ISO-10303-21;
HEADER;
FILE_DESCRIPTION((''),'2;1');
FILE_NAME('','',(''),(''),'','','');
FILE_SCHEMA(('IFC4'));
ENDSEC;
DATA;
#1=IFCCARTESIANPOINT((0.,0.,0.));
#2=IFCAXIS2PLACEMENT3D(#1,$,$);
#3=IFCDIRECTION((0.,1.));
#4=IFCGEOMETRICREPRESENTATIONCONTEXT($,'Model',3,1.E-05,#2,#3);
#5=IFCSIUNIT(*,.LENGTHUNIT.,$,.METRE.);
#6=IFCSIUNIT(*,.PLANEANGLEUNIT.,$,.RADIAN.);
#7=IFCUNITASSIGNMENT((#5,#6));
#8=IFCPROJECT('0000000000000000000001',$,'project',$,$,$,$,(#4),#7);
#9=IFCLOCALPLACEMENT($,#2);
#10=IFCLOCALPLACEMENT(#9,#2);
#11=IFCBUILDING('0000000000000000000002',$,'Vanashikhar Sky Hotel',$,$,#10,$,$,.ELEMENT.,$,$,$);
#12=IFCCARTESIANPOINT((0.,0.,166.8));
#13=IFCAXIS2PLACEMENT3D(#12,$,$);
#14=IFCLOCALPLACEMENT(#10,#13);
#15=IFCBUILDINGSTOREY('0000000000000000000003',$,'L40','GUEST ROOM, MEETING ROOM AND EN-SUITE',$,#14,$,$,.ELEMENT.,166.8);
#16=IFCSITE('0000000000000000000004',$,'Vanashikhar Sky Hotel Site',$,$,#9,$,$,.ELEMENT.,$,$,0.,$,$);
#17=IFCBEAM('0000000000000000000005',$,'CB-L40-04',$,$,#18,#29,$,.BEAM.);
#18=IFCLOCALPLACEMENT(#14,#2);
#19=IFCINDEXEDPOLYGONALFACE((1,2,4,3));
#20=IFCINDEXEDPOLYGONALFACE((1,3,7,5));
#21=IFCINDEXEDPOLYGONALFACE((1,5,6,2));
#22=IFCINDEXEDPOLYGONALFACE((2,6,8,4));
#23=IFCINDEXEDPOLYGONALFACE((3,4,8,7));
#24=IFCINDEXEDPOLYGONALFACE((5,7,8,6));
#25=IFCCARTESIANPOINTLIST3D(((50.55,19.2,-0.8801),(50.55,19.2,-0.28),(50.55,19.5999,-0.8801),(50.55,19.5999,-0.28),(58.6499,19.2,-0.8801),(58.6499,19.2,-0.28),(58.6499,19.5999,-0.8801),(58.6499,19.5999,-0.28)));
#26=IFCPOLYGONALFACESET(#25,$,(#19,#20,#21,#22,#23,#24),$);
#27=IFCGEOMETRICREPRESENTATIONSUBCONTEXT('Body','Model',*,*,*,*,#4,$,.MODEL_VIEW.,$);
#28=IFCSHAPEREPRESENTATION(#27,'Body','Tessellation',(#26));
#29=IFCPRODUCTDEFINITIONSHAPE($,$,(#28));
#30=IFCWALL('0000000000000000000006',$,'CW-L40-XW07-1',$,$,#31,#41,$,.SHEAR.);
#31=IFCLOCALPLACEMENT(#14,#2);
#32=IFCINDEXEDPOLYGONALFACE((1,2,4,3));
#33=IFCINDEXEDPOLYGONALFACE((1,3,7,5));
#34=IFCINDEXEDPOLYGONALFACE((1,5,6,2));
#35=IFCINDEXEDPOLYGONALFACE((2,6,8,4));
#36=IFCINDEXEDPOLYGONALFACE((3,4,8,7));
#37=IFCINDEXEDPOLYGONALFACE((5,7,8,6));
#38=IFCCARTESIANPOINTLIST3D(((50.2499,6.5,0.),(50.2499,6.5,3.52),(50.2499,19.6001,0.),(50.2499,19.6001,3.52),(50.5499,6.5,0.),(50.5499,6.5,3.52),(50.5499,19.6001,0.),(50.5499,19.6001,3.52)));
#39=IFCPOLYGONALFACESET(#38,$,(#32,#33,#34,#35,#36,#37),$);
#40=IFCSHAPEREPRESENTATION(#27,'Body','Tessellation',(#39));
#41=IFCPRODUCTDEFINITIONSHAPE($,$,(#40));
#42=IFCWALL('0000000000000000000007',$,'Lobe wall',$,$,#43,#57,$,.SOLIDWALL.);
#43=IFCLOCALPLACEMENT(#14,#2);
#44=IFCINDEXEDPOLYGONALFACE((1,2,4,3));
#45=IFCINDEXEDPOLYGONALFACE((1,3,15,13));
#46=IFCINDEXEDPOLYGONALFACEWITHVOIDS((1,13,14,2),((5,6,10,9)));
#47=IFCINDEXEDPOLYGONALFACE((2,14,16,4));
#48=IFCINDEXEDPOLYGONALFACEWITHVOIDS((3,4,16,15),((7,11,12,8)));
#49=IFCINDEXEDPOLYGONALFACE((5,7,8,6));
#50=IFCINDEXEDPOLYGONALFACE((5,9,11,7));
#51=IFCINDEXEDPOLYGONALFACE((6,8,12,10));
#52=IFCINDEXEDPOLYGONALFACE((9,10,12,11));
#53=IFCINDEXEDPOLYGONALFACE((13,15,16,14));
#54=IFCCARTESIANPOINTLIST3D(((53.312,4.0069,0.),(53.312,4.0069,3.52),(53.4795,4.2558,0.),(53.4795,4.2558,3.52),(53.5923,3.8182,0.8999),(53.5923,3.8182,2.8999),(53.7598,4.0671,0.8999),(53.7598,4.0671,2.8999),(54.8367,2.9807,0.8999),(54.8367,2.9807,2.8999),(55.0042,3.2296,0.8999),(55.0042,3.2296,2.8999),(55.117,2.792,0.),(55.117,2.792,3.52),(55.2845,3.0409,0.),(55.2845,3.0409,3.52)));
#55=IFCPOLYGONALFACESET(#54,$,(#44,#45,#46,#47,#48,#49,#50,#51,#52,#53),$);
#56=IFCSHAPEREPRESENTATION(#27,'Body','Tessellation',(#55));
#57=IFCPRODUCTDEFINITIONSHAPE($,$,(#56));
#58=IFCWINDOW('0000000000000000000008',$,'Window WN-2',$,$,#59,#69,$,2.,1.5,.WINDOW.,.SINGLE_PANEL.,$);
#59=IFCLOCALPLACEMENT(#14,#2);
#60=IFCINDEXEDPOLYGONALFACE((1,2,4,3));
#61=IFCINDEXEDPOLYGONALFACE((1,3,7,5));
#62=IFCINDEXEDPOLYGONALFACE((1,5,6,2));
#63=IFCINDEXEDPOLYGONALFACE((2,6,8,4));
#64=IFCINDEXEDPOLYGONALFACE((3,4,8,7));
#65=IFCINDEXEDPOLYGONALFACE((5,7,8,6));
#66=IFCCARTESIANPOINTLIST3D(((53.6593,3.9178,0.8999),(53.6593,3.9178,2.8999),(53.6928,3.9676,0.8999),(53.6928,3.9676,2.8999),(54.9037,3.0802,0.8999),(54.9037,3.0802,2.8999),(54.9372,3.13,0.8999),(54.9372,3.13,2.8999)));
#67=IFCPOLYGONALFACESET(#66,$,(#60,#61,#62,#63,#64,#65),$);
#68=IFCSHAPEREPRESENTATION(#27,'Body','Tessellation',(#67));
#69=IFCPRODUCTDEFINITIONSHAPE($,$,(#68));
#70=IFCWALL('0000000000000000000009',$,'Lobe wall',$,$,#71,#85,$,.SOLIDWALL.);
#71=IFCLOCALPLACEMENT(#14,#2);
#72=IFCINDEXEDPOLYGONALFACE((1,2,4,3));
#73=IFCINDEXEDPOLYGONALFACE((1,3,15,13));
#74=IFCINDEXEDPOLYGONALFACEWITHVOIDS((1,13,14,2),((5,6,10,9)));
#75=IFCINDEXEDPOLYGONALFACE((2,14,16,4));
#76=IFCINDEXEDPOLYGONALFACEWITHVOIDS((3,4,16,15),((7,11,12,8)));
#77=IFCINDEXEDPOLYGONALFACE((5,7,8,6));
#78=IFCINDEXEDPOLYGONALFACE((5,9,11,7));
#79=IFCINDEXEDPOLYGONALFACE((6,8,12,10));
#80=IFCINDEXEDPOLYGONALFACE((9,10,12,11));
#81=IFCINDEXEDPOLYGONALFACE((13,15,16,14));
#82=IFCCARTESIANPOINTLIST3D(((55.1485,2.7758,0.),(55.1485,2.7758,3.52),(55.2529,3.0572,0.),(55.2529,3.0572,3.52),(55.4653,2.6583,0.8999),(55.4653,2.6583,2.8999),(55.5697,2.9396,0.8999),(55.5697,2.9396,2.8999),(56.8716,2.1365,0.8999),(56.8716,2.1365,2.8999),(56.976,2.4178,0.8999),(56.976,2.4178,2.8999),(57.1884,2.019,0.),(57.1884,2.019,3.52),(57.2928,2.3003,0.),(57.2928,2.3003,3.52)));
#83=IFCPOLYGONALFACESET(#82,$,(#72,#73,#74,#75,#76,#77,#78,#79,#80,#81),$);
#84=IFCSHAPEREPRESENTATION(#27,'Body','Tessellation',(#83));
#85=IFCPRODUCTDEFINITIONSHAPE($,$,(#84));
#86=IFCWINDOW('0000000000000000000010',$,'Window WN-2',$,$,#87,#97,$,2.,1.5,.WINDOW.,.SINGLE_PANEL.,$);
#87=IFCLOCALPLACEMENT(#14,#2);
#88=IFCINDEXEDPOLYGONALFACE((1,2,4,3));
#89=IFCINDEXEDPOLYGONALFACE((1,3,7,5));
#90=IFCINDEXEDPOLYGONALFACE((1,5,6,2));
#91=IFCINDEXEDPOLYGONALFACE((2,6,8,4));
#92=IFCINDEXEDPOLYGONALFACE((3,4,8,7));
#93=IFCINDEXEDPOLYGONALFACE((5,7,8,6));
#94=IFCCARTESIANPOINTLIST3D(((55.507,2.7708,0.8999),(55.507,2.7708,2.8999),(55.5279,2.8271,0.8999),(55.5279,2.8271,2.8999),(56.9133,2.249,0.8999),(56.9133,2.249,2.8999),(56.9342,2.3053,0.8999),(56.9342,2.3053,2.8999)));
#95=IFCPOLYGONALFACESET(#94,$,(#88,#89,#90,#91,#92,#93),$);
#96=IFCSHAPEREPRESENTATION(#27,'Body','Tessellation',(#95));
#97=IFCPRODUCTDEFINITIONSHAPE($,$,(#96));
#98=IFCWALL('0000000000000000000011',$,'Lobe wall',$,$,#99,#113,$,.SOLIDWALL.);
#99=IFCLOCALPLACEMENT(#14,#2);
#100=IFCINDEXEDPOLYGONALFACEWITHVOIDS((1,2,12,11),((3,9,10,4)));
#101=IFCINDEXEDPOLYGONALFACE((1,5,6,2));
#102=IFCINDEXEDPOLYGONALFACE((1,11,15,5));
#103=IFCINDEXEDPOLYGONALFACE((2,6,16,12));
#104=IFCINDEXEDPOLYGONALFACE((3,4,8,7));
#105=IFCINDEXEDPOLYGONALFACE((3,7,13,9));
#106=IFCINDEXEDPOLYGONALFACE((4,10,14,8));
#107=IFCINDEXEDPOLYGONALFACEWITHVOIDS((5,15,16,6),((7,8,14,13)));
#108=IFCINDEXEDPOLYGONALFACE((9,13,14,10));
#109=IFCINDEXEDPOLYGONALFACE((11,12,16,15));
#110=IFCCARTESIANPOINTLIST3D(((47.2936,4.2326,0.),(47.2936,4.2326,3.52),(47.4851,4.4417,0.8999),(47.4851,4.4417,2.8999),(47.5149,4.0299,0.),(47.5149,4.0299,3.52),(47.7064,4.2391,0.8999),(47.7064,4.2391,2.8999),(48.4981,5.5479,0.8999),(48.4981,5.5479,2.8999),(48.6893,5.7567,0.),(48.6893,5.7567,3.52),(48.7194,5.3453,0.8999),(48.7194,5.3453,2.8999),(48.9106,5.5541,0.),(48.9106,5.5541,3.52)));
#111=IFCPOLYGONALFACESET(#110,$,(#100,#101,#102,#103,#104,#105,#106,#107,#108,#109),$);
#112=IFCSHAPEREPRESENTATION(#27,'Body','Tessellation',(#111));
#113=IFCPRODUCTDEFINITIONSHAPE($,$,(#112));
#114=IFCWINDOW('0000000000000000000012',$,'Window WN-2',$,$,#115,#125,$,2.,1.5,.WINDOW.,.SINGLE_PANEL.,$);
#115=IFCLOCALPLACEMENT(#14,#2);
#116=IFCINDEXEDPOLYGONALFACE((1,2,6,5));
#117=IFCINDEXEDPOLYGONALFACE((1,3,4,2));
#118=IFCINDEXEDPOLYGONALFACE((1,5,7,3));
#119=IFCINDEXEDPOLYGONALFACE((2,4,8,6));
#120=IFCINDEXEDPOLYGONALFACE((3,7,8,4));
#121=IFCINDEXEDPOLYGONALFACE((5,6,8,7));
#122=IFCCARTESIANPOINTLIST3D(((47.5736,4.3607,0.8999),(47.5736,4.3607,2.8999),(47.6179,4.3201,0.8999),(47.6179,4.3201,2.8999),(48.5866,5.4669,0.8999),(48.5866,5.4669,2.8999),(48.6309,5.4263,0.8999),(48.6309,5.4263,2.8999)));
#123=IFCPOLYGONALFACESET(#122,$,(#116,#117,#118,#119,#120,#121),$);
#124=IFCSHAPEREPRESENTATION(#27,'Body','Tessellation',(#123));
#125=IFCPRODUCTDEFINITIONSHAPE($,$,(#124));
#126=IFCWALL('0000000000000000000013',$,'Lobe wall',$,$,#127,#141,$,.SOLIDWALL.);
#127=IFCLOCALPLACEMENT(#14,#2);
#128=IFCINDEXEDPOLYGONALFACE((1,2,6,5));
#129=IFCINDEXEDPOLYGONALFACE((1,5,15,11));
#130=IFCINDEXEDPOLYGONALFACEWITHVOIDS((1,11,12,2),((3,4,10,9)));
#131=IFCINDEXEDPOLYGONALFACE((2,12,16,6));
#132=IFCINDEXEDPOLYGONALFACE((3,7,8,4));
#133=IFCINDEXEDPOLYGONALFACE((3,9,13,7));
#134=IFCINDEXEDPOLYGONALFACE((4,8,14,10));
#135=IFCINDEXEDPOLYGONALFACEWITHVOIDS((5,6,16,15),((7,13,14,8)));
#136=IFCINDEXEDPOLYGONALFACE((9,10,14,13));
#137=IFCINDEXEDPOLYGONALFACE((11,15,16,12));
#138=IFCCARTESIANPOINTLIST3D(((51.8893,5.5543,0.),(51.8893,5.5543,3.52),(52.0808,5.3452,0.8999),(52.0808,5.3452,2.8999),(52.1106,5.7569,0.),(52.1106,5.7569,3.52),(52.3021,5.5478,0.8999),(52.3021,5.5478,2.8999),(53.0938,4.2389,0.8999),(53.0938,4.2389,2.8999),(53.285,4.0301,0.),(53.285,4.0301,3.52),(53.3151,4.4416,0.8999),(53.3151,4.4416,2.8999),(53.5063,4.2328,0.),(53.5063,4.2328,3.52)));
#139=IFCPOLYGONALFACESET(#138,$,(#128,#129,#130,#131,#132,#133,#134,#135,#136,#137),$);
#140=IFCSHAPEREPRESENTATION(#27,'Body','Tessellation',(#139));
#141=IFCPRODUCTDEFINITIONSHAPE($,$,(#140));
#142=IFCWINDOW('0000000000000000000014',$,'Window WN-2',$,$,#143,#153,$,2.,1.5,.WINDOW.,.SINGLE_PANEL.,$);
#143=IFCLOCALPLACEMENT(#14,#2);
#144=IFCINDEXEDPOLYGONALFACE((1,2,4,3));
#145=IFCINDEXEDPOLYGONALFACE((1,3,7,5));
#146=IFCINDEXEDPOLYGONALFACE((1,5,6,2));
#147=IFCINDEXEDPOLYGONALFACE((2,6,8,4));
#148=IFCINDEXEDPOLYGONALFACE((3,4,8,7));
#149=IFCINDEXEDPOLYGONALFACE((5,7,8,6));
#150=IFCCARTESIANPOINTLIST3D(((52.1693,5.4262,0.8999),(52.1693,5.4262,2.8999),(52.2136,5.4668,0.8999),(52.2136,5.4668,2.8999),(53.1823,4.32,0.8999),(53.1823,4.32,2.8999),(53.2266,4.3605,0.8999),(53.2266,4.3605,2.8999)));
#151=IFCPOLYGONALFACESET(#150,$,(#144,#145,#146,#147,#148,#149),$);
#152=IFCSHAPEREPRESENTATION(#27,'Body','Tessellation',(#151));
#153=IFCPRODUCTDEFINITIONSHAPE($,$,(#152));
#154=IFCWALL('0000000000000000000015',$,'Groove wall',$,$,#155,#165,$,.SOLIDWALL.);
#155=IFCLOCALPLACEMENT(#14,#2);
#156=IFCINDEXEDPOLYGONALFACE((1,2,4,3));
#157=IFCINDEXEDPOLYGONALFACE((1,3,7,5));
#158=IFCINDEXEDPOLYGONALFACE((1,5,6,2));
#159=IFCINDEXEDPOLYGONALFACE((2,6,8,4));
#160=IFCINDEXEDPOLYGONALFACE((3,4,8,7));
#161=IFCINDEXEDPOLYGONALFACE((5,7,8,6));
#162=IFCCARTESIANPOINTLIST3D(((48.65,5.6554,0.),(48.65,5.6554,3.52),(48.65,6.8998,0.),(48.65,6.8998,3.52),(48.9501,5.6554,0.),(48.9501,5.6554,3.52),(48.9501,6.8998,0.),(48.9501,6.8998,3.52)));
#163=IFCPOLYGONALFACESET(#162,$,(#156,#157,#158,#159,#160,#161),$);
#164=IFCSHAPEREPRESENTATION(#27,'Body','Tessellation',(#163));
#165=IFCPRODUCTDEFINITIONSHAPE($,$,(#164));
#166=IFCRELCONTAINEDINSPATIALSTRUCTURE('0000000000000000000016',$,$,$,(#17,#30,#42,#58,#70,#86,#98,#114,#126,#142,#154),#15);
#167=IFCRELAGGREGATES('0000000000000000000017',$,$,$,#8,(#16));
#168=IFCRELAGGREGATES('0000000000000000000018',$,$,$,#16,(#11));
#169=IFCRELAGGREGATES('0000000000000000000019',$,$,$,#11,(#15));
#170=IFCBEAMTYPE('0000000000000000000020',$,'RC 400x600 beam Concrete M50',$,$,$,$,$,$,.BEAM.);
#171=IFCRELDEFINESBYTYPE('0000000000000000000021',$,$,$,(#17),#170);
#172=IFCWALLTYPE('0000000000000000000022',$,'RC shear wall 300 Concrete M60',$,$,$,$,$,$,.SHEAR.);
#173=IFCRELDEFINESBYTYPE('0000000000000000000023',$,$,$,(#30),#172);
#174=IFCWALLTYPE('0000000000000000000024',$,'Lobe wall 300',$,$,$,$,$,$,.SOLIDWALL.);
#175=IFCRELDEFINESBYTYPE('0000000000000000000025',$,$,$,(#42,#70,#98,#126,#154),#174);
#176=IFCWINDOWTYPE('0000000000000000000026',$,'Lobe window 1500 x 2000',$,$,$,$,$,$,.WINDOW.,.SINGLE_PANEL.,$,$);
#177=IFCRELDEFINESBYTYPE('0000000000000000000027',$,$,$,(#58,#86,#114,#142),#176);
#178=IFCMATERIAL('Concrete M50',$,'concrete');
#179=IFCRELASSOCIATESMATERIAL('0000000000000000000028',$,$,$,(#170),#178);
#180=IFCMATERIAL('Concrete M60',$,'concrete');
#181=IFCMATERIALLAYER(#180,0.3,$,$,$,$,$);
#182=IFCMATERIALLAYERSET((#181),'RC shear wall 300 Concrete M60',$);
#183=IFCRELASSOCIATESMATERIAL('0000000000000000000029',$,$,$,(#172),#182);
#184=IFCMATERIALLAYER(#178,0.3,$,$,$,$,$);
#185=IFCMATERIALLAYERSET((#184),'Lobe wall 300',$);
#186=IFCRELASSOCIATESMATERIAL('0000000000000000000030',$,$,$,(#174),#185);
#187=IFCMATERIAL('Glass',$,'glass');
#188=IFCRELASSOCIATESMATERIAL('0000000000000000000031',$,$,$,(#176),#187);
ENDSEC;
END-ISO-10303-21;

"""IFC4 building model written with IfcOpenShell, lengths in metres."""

from ifc_helpers import new_model, si_unit, direction, frame, frame_2d, origin, origin_2d, place, context, subcontext, project, spatial, rectangle, extrude, source, transform, mapped, material, layer, layer_set, material_profile, profile_set, type_object, element, fill, save


model = new_model("IFC4")

# Units and contexts
model_context = context("Model", 3, precision=1e-05, world=origin(), true_north=direction((0.0, 1.0)))
body_context = subcontext(model_context, "Body", "Model", "MODEL_VIEW")
ifc_project = project(units=[si_unit("LENGTHUNIT", "METRE"), si_unit("PLANEANGLEUNIT", "RADIAN")], contexts=[model_context])

# Site, building, storey
site_placement = place(None, origin())
site = spatial("IfcSite", under=ifc_project, at=site_placement, Name="Vanashikhar Sky Hotel Site", CompositionType="ELEMENT", RefElevation=0.0)
building_placement = place(site_placement, origin())
building = spatial("IfcBuilding", under=site, at=building_placement, Name="Vanashikhar Sky Hotel", CompositionType="ELEMENT")
storey_placement = place(building_placement, frame((0.0, 0.0, 166.8)))
storey = spatial("IfcBuildingStorey", under=building, at=storey_placement, Name="L40", Description="GUEST ROOM, MEETING ROOM AND EN-SUITE", CompositionType="ELEMENT", Elevation=166.8)

# Beam
ifc_material_1 = material(Name="Concrete M50", Category="concrete")
ifc_material_profile_1 = material_profile(ifc_material_1, rectangle(XDim=0.3999, YDim=0.6001, at=origin_2d()))
ifc_profile_set_1 = profile_set([ifc_material_profile_1], Name="RC 400x600 beam Concrete M50")
beam_type = type_object("IfcBeamType", Name="RC 400x600 beam Concrete M50", PredefinedType="BEAM", material=ifc_profile_set_1)
shared_shape_1 = source(origin(), body_context, "Body", "SweptSolid", [
    extrude(rectangle(XDim=0.3999, YDim=0.6001, at=origin_2d()), origin(), (0.0, 0.0, 1.0), 8.0999),
])
beam_placement = place(storey_placement, frame((50.55, 19.3999, -0.5801), z_axis=(1.0, 0.0, 0.0), x_axis=(0.0, 1.0, 0.0)))
element("IfcBeam", 1, at=beam_placement, inside=storey, type_object=beam_type, Name="CB-L40-04", PredefinedType="BEAM", context=body_context, shape_type="MappedRepresentation", body=[
    mapped(shared_shape_1, transform((0.0, 0.0, 0.0), scale=1.0)),
])

# Wall
ifc_material_2 = material(Name="Concrete M60", Category="concrete")
ifc_layer_1 = layer(ifc_material_2, 0.3)
ifc_layer_set_1 = layer_set([ifc_layer_1], Name="RC shear wall 300 Concrete M60")
wall_type_1 = type_object("IfcWallType", Name="RC shear wall 300 Concrete M60", PredefinedType="SHEAR", material=ifc_layer_set_1)
shared_shape_2 = source(origin(), body_context, "Body", "SweptSolid", [
    extrude(rectangle(XDim=13.1001, YDim=0.3, at=frame_2d((6.55, 0.0))), origin(), (0.0, 0.0, 1.0), 3.52),
])
wall_1_placement = place(storey_placement, frame((50.3999, 6.5, 0.0), z_axis=(0.0, 0.0, 1.0), x_axis=(0.0, 1.0, 0.0)))
element("IfcWall", 2, at=wall_1_placement, inside=storey, type_object=wall_type_1, Name="CW-L40-XW07-1", PredefinedType="SHEAR", context=body_context, shape_type="MappedRepresentation", body=[
    mapped(shared_shape_2, transform((0.0, 0.0, 0.0), scale=1.0)),
])

# Walls, openings, windows
ifc_layer_2 = layer(ifc_material_1, 0.3)
ifc_layer_set_2 = layer_set([ifc_layer_2], Name="Lobe wall 300")
wall_type_2 = type_object("IfcWallType", Name="Lobe wall 300", PredefinedType="SOLIDWALL", material=ifc_layer_set_2)
shared_shape_3 = source(origin(), body_context, "Body", "SweptSolid", [
    extrude(rectangle(XDim=2.1758, YDim=0.3, at=frame_2d((1.0879, 0.0))), origin(), (0.0, 0.0, 1.0), 3.52),
])
wall_2_placement = place(storey_placement, frame((53.3958, 4.1313, 0.0), z_axis=(0.0, 0.0, 1.0), x_axis=(0.829591, -0.558372, 0.0)))
wall_2 = element("IfcWall", 3, at=wall_2_placement, inside=storey, type_object=wall_type_2, Name="Lobe wall", PredefinedType="SOLIDWALL", context=body_context, shape_type="MappedRepresentation", body=[
    mapped(shared_shape_3, transform((0.0, 0.0, 0.0), scale=1.0)),
])
shared_shape_4 = source(origin(), body_context, "Body", "SweptSolid", [
    extrude(rectangle(XDim=1.5, YDim=2.0, at=frame_2d((0.75, 1.0))), frame((0.0, 0.1602, 0.0), z_axis=(0.0, -1.0, 0.0), x_axis=(1.0, 0.0, 0.0)), (0.0, 0.0, 1.0), 0.3201),
])
opening_1_placement = place(wall_2_placement, frame((0.3379, 0.0, 0.8999)))
opening_1 = element("IfcOpeningElement", 4, at=opening_1_placement, cuts=wall_2, PredefinedType="OPENING", context=body_context, shape_type="MappedRepresentation", body=[
    mapped(shared_shape_4, transform((0.0, 0.0, 0.0), scale=1.0)),
])
ifc_material_3 = material(Name="Glass", Category="glass")
window_type = type_object("IfcWindowType", Name="Lobe window 1500 x 2000", PartitioningType="SINGLE_PANEL", PredefinedType="WINDOW", material=ifc_material_3)
shared_shape_5 = source(origin(), body_context, "Body", "SweptSolid", [
    extrude(rectangle(XDim=1.5, YDim=2.0, at=frame_2d((0.75, 1.0))), frame((0.0, 0.03, 0.0), z_axis=(0.0, -1.0, 0.0), x_axis=(1.0, 0.0, 0.0)), (0.0, 0.0, 1.0), 0.0601),
])
window_1_placement = place(opening_1_placement, origin())
window_1 = element("IfcWindow", 5, at=window_1_placement, inside=storey, type_object=window_type, Name="Window WN-2", OverallHeight=2.0, OverallWidth=1.5, PartitioningType="SINGLE_PANEL", PredefinedType="WINDOW", context=body_context, shape_type="MappedRepresentation", body=[
    mapped(shared_shape_5, transform((0.0, 0.0, 0.0), scale=1.0)),
])
fill(opening_1, window_1)
wall_3_placement = place(storey_placement, frame((55.2007, 2.9165, 0.0), z_axis=(0.0, 0.0, 1.0), x_axis=(0.937546, -0.347863, 0.0)))
wall_3 = element("IfcWall", 6, at=wall_3_placement, inside=storey, type_object=wall_type_2, Name="Lobe wall", PredefinedType="SOLIDWALL", context=body_context, shape_type="MappedRepresentation", body=[
    mapped(shared_shape_3, transform((0.0, 0.0, 0.0), scale=1.0)),
])
opening_2_placement = place(wall_3_placement, frame((0.3379, 0.0, 0.8999)))
opening_2 = element("IfcOpeningElement", 7, at=opening_2_placement, cuts=wall_3, PredefinedType="OPENING", context=body_context, shape_type="MappedRepresentation", body=[
    mapped(shared_shape_4, transform((0.0, 0.0, 0.0), scale=1.0)),
])
window_2_placement = place(opening_2_placement, origin())
window_2 = element("IfcWindow", 8, at=window_2_placement, inside=storey, type_object=window_type, Name="Window WN-2", OverallHeight=2.0, OverallWidth=1.5, PartitioningType="SINGLE_PANEL", PredefinedType="WINDOW", context=body_context, shape_type="MappedRepresentation", body=[
    mapped(shared_shape_5, transform((0.0, 0.0, 0.0), scale=1.0)),
])
fill(opening_2, window_2)
shared_shape_6 = source(origin(), body_context, "Body", "SweptSolid", [
    extrude(rectangle(XDim=2.0667, YDim=0.3, at=frame_2d((1.0332, 0.0))), origin(), (0.0, 0.0, 1.0), 3.52),
])
wall_4_placement = place(storey_placement, frame((47.4043, 4.1313, 0.0), z_axis=(0.0, 0.0, 1.0), x_axis=(0.675355, 0.737492, 0.0)))
wall_4 = element("IfcWall", 9, at=wall_4_placement, inside=storey, type_object=wall_type_2, Name="Lobe wall", PredefinedType="SOLIDWALL", context=body_context, shape_type="MappedRepresentation", body=[
    mapped(shared_shape_6, transform((0.0, 0.0, 0.0), scale=1.0)),
])
opening_3_placement = place(wall_4_placement, frame((0.2834, 0.0, 0.8999)))
opening_3 = element("IfcOpeningElement", 10, at=opening_3_placement, cuts=wall_4, PredefinedType="OPENING", context=body_context, shape_type="MappedRepresentation", body=[
    mapped(shared_shape_4, transform((0.0, 0.0, 0.0), scale=1.0)),
])
window_3_placement = place(opening_3_placement, origin())
window_3 = element("IfcWindow", 11, at=window_3_placement, inside=storey, type_object=window_type, Name="Window WN-2", OverallHeight=2.0, OverallWidth=1.5, PartitioningType="SINGLE_PANEL", PredefinedType="WINDOW", context=body_context, shape_type="MappedRepresentation", body=[
    mapped(shared_shape_5, transform((0.0, 0.0, 0.0), scale=1.0)),
])
fill(opening_3, window_3)
wall_5_placement = place(storey_placement, frame((52.0, 5.6555, 0.0), z_axis=(0.0, 0.0, 1.0), x_axis=(0.675355, -0.737492, 0.0)))
wall_5 = element("IfcWall", 12, at=wall_5_placement, inside=storey, type_object=wall_type_2, Name="Lobe wall", PredefinedType="SOLIDWALL", context=body_context, shape_type="MappedRepresentation", body=[
    mapped(shared_shape_6, transform((0.0, 0.0, 0.0), scale=1.0)),
])
opening_4_placement = place(wall_5_placement, frame((0.2834, 0.0, 0.8999)))
opening_4 = element("IfcOpeningElement", 13, at=opening_4_placement, cuts=wall_5, PredefinedType="OPENING", context=body_context, shape_type="MappedRepresentation", body=[
    mapped(shared_shape_4, transform((0.0, 0.0, 0.0), scale=1.0)),
])
window_4_placement = place(opening_4_placement, origin())
window_4 = element("IfcWindow", 14, at=window_4_placement, inside=storey, type_object=window_type, Name="Window WN-2", OverallHeight=2.0, OverallWidth=1.5, PartitioningType="SINGLE_PANEL", PredefinedType="WINDOW", context=body_context, shape_type="MappedRepresentation", body=[
    mapped(shared_shape_5, transform((0.0, 0.0, 0.0), scale=1.0)),
])
fill(opening_4, window_4)

# Wall
shared_shape_7 = source(origin(), body_context, "Body", "SweptSolid", [
    extrude(rectangle(XDim=1.2444, YDim=0.3, at=frame_2d((0.6221, 0.0))), origin(), (0.0, 0.0, 1.0), 3.52),
])
for number, where, z_axis, x_axis, name in (
    (15, (48.8, 5.6555, 0.0), (0.0, 0.0, 1.0), (0.0, 1.0, 0.0), "Groove wall"),
):
    element("IfcWall", number, at=place(storey_placement, frame(where, z_axis=z_axis, x_axis=x_axis)), inside=storey, type_object=wall_type_2, Name=name, PredefinedType="SOLIDWALL", context=body_context, shape_type="MappedRepresentation", body=[
        mapped(shared_shape_7, transform((0.0, 0.0, 0.0), scale=1.0)),
    ])

save(model, "model.ifc")
